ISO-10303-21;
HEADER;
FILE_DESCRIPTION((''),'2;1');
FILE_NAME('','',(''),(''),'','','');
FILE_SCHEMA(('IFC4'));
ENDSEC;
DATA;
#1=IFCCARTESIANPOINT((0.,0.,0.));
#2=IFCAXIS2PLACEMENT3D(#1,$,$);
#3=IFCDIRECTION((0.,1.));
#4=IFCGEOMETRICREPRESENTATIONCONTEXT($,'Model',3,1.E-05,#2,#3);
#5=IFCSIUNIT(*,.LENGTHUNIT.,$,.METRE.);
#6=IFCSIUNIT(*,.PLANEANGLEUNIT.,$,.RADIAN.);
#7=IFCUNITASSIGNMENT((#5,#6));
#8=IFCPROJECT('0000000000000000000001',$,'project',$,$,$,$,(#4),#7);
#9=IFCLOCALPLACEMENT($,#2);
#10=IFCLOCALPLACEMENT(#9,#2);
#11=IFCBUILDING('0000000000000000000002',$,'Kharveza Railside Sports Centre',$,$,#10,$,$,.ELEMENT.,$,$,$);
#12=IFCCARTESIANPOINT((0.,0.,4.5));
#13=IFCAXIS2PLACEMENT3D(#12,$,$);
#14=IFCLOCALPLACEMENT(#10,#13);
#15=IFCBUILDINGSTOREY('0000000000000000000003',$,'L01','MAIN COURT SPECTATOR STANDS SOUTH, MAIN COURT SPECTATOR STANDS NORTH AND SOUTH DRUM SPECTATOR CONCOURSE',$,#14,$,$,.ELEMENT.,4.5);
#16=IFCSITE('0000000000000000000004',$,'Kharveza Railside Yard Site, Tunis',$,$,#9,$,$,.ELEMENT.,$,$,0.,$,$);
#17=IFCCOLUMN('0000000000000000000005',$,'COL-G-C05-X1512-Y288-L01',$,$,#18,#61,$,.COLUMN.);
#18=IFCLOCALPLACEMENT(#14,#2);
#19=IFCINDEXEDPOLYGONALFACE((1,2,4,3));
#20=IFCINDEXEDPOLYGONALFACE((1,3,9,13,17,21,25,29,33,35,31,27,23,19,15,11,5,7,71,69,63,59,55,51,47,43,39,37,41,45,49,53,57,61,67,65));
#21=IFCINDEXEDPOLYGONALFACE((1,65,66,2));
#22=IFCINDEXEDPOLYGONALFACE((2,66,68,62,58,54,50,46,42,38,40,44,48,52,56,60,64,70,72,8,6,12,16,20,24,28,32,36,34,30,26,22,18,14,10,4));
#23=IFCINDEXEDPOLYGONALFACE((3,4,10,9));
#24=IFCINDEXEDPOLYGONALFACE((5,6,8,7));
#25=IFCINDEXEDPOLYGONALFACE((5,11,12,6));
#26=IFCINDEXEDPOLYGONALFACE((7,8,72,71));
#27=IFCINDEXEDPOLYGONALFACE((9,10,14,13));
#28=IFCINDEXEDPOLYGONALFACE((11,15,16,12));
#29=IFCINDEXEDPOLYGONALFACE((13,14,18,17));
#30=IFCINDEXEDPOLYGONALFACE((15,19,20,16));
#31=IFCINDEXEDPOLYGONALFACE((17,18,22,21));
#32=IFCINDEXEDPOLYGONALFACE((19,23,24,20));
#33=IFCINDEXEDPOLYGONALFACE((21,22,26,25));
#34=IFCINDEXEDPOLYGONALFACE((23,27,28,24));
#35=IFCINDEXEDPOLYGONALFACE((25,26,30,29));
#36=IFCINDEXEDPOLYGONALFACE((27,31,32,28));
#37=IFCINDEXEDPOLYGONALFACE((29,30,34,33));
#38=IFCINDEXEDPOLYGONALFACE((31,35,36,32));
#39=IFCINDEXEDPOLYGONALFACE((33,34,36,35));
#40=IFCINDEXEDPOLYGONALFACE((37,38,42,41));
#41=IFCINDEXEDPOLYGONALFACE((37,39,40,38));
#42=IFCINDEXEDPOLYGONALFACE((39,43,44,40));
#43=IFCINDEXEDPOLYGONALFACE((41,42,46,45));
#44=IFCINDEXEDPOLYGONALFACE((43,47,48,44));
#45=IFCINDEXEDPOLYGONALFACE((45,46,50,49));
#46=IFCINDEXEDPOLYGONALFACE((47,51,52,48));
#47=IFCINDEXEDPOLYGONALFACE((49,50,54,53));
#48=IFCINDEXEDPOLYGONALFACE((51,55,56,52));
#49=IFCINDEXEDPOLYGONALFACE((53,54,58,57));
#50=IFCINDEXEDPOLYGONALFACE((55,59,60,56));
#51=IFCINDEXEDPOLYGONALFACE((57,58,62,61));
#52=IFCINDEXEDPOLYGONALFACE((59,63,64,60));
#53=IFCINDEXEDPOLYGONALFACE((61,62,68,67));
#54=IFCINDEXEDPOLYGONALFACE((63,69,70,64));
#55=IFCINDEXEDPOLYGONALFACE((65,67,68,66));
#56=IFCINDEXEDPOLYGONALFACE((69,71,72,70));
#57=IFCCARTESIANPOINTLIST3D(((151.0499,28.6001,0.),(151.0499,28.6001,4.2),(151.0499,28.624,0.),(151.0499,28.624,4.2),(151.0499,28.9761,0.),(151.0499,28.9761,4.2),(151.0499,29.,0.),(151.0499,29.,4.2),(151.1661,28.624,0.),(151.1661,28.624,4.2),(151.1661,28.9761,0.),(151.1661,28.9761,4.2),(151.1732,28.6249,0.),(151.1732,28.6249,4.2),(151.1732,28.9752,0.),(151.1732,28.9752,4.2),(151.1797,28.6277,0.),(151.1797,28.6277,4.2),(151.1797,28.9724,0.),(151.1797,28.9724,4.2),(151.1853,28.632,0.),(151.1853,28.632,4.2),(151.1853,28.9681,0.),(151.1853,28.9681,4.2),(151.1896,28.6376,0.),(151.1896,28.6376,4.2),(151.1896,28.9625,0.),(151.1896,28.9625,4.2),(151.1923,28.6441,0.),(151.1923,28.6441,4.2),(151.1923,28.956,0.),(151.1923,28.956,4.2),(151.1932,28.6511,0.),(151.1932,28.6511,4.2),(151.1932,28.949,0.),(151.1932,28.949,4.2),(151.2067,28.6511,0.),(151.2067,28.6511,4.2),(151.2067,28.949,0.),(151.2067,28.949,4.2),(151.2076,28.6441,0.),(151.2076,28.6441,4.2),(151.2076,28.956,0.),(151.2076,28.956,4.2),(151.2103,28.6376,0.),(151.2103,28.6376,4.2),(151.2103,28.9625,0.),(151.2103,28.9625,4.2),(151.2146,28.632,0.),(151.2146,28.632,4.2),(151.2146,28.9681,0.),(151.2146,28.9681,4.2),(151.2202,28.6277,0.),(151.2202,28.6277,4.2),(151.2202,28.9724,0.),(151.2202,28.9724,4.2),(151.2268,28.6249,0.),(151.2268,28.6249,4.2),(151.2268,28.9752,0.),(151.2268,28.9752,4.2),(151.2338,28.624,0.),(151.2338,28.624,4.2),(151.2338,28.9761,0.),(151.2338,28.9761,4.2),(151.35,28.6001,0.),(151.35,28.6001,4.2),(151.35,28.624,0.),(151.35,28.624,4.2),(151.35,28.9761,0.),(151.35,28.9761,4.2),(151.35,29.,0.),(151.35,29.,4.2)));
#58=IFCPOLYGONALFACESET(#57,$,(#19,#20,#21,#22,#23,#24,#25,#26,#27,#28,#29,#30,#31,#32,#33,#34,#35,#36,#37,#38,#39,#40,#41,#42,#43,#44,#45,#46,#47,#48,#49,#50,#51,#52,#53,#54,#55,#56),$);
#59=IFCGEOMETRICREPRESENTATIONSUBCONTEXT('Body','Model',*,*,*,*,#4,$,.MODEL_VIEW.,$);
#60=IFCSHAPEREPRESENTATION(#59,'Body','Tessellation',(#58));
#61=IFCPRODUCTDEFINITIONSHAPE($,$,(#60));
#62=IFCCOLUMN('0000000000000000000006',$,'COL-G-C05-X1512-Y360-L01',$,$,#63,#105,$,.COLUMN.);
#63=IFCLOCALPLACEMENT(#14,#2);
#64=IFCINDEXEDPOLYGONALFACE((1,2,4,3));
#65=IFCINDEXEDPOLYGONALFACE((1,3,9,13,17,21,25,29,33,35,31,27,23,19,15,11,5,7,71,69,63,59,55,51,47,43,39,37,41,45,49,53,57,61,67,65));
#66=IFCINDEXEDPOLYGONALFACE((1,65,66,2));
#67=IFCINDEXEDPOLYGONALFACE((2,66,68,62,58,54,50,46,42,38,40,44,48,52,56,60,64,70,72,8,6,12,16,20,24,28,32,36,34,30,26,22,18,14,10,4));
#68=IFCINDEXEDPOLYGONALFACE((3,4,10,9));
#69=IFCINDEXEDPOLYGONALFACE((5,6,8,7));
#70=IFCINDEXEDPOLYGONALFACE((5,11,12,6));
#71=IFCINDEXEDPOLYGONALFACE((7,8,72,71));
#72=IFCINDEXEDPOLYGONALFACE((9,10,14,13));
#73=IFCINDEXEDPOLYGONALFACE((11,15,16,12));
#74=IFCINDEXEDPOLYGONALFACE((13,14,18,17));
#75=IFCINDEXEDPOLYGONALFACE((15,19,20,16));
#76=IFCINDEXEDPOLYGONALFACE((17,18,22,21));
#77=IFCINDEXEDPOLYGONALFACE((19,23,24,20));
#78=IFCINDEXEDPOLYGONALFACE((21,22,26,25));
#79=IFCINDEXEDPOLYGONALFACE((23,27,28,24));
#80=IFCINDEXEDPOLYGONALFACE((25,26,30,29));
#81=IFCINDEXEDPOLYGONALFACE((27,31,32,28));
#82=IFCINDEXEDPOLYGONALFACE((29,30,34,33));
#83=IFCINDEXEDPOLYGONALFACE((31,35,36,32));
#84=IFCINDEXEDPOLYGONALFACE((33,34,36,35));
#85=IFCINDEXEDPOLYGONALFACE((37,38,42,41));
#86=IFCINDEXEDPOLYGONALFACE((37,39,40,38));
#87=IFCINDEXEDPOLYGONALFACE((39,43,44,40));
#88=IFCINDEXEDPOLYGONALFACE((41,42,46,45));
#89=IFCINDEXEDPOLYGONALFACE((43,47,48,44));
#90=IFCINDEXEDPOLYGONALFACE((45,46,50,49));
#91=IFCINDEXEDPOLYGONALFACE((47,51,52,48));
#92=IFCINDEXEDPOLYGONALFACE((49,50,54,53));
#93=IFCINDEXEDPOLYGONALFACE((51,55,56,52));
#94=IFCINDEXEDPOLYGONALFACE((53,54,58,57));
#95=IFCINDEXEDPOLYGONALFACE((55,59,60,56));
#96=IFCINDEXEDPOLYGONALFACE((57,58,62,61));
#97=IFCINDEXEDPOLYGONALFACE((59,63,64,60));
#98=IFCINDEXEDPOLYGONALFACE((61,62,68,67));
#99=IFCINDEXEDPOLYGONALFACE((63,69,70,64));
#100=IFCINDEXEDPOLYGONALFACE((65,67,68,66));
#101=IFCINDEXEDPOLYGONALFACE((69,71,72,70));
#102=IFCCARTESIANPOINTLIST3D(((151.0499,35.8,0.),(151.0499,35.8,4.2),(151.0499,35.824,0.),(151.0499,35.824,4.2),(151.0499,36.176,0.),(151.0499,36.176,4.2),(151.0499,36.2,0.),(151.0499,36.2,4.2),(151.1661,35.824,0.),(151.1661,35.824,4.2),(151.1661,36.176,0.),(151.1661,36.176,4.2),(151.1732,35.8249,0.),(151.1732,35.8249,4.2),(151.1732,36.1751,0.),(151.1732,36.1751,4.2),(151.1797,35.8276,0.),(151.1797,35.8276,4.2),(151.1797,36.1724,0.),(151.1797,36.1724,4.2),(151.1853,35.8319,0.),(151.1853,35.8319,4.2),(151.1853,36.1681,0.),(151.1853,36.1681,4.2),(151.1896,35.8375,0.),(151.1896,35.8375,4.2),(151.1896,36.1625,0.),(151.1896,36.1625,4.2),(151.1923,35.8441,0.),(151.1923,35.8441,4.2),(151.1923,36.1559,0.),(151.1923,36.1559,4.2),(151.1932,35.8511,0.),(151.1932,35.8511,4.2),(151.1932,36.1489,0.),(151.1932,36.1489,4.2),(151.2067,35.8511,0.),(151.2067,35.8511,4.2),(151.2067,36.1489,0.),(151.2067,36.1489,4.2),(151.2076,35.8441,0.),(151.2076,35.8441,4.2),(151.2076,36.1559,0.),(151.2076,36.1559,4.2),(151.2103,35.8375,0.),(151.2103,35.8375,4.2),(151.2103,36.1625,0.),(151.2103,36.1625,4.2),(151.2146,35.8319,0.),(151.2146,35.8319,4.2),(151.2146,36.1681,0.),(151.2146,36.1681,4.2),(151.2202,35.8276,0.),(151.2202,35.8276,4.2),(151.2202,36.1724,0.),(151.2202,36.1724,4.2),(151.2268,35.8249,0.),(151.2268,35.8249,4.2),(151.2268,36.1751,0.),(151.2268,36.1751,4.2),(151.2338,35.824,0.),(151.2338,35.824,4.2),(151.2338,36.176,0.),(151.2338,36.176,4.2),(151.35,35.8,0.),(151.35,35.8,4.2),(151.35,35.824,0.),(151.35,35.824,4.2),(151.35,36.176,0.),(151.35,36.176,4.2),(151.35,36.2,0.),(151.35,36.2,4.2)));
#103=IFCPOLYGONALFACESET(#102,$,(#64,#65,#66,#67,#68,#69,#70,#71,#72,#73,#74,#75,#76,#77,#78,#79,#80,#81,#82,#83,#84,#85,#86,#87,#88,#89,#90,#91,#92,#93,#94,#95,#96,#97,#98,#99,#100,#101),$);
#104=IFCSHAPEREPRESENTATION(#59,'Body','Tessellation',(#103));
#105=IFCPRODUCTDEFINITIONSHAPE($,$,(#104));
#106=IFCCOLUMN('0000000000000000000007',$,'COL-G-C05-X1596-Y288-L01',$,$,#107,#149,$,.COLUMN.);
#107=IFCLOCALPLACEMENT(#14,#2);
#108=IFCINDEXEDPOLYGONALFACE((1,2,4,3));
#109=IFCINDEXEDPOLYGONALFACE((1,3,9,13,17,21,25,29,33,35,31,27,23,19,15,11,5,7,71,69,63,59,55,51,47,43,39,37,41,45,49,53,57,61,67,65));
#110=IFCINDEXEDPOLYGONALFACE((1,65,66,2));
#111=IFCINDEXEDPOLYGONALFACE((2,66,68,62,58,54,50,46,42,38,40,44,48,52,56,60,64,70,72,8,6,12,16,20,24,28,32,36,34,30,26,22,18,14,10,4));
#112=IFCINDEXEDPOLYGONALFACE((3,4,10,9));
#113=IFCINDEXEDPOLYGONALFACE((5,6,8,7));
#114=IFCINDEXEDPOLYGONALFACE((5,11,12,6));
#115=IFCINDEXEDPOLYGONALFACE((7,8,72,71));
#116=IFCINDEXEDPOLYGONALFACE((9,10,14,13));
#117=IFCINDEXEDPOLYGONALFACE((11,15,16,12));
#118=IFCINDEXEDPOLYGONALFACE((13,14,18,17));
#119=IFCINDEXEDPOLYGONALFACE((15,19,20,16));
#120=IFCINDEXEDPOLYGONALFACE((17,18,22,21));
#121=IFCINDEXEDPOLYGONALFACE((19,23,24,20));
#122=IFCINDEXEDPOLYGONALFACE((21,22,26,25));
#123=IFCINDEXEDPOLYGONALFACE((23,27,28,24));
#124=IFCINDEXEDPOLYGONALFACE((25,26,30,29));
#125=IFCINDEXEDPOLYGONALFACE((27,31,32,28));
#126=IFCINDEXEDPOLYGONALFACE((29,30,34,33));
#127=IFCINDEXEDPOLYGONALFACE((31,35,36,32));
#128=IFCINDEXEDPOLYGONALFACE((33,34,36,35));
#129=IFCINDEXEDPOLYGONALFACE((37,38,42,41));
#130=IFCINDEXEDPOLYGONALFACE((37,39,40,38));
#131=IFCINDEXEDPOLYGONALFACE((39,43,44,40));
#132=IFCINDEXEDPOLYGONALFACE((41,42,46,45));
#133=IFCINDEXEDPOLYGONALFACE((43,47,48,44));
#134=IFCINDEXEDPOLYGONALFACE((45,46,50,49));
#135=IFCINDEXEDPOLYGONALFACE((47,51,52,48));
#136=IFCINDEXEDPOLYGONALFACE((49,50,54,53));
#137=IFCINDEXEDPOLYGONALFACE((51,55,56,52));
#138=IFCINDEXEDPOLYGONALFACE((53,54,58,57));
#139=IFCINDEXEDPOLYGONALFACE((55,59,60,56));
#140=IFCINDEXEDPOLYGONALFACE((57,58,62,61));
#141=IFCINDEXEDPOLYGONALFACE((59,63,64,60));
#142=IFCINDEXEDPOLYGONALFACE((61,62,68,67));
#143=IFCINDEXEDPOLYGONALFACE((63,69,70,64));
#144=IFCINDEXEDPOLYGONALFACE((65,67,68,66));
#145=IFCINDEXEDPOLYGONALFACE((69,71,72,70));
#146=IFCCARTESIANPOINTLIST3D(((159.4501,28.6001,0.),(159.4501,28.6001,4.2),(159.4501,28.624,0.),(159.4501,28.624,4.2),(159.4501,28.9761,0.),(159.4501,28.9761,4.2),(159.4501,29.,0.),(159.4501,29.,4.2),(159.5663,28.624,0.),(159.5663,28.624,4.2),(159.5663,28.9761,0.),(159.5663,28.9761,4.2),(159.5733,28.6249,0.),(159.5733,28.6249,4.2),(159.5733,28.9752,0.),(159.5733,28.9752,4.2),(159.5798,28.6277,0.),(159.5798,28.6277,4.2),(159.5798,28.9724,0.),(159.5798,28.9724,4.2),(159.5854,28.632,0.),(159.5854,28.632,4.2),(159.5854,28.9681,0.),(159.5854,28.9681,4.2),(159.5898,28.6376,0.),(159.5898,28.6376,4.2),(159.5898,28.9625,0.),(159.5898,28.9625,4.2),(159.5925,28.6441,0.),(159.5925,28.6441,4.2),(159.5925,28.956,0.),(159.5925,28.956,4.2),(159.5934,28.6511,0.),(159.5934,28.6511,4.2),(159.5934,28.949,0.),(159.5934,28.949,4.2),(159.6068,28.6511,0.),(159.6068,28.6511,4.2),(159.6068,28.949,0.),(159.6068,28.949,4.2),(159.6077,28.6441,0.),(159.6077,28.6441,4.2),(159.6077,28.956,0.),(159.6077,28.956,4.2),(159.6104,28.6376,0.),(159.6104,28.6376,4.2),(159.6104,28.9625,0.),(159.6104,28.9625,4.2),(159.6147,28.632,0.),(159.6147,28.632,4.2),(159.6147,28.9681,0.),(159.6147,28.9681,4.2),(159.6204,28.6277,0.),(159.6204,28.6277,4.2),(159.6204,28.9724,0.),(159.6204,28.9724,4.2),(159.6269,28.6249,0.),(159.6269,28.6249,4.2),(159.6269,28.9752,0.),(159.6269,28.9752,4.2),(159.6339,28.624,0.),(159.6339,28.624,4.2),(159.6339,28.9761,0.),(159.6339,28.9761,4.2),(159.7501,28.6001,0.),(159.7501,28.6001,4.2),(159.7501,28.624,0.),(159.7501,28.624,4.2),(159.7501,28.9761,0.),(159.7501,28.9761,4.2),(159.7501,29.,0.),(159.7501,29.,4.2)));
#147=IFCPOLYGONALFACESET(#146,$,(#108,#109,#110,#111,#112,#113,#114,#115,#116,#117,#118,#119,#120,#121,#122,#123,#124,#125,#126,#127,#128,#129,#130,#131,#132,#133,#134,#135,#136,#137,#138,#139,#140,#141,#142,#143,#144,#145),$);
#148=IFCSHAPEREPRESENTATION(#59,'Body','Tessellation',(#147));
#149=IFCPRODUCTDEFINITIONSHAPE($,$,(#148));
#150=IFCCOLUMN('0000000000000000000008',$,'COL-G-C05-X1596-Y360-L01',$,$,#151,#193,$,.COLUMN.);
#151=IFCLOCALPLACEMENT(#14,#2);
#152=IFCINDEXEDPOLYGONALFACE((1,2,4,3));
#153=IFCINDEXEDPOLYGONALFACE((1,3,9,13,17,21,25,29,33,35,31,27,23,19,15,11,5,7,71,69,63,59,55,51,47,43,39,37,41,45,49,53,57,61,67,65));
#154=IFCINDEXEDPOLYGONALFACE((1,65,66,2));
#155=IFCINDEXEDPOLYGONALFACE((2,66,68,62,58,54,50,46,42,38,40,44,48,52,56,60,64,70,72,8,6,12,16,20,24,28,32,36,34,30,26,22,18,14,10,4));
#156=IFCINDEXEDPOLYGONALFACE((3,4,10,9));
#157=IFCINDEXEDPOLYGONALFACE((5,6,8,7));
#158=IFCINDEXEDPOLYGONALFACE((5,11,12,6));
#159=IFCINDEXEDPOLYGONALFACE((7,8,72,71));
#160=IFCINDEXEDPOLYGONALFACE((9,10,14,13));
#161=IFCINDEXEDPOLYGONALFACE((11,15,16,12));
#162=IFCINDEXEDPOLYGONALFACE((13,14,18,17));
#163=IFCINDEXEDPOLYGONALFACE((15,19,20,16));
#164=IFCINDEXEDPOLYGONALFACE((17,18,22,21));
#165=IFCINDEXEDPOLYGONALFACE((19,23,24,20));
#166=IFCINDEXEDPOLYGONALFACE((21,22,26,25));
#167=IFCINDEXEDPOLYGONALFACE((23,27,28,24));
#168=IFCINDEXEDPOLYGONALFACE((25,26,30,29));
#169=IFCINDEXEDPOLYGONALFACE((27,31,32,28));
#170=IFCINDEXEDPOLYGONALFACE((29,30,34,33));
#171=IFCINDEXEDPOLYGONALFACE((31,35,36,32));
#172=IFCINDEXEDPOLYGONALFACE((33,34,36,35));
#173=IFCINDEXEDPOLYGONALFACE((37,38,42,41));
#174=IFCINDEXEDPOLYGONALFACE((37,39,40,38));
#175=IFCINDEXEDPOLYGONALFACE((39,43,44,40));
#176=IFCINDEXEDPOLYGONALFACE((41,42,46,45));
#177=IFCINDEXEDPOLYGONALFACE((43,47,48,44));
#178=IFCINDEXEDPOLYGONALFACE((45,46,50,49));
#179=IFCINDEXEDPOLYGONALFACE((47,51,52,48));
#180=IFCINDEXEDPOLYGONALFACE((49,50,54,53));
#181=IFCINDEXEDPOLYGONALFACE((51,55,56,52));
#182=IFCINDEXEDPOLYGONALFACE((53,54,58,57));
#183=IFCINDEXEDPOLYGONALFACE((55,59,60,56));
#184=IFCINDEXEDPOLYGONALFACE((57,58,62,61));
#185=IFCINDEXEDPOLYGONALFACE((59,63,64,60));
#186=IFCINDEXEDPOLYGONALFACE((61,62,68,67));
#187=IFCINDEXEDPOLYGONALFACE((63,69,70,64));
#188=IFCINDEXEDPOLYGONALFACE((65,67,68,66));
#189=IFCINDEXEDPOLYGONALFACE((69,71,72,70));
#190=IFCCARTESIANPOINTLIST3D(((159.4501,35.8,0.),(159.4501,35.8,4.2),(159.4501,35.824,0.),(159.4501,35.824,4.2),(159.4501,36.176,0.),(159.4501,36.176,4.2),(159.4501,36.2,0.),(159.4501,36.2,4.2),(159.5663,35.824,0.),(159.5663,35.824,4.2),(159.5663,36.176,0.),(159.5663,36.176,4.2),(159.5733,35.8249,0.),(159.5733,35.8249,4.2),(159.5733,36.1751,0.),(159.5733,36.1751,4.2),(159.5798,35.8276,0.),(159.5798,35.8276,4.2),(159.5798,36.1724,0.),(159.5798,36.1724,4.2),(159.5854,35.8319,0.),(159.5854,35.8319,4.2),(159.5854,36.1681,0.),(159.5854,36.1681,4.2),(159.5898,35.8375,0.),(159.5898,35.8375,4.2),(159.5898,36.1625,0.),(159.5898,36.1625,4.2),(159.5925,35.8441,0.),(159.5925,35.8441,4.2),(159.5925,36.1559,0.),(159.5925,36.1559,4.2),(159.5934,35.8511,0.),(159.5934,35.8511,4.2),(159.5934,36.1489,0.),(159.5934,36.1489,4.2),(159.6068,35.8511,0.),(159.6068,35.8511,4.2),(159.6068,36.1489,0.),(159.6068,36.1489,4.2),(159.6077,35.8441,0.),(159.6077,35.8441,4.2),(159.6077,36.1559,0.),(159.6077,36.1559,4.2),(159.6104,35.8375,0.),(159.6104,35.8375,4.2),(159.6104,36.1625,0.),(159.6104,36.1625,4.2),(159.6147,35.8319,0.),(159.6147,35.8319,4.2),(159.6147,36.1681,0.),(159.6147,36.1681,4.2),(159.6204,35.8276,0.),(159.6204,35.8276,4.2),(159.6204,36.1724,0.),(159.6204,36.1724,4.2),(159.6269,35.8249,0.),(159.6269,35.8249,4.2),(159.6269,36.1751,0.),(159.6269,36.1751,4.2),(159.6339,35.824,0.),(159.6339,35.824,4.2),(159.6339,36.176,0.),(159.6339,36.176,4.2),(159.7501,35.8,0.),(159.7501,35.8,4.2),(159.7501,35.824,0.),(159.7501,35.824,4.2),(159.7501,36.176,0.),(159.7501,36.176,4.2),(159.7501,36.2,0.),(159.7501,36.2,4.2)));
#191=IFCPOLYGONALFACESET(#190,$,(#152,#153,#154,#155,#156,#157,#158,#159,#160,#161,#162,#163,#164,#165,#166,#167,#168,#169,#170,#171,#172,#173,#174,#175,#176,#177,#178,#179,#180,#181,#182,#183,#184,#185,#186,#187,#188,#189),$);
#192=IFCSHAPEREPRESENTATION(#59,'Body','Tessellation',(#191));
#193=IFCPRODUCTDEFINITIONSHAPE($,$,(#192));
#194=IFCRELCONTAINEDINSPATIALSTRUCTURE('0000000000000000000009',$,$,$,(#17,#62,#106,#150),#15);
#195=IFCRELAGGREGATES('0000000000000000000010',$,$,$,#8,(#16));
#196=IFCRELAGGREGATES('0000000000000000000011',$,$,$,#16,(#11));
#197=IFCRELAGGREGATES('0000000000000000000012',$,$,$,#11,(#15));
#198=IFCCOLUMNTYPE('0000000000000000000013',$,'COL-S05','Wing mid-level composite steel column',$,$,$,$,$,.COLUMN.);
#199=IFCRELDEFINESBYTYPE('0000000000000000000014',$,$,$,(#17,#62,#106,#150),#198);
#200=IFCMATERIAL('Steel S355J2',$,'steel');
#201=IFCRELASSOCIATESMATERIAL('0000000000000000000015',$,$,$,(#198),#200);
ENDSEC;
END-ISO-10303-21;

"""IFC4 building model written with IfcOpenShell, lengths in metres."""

from ifc_helpers import new_model, si_unit, direction, frame, origin, origin_2d, place, context, subcontext, project, spatial, i_section, extrude, material, material_profile, profile_set, type_object, element, save


model = new_model("IFC4")

# Units and contexts
model_context = context("Model", 3, precision=1e-05, world=origin(), true_north=direction((0.0, 1.0)))
body_context = subcontext(model_context, "Body", "Model", "MODEL_VIEW")
ifc_project = project(units=[si_unit("LENGTHUNIT", "METRE"), si_unit("PLANEANGLEUNIT", "RADIAN")], contexts=[model_context])

# Site, building, storey
site_placement = place(None, origin())
site = spatial("IfcSite", under=ifc_project, at=site_placement, Name="Kharveza Railside Yard Site, Tunis", CompositionType="ELEMENT", RefElevation=0.0)
building_placement = place(site_placement, origin())
building = spatial("IfcBuilding", under=site, at=building_placement, Name="Kharveza Railside Sports Centre", CompositionType="ELEMENT")
storey_placement = place(building_placement, frame((0.0, 0.0, 4.5)))
storey = spatial("IfcBuildingStorey", under=building, at=storey_placement, Name="L01", Description="MAIN COURT SPECTATOR STANDS SOUTH, MAIN COURT SPECTATOR STANDS NORTH AND SOUTH DRUM SPECTATOR CONCOURSE", CompositionType="ELEMENT", Elevation=4.5)

# Columns
ifc_material_1 = material(Name="Steel S355J2", Category="steel")
ifc_material_profile_1 = material_profile(ifc_material_1, i_section(OverallWidth=0.3, OverallDepth=0.3999, WebThickness=0.0134, FlangeThickness=0.0239, FilletRadius=0.0271, at=origin_2d()), Name="HEB 400")
ifc_profile_set_1 = profile_set([ifc_material_profile_1], Name="Steel S355J2")
column_type = type_object("IfcColumnType", Name="COL-S05", Description="Wing mid-level composite steel column", PredefinedType="COLUMN", material=ifc_profile_set_1)
for number, where, z_axis, x_axis, name in (
    (1, (151.2, 28.8, 0.0), (0.0, 0.0, 1.0), (1.0, 0.0, 0.0), "COL-G-C05-X1512-Y288-L01"),
    (2, (151.2, 36.0, 0.0), (0.0, 0.0, 1.0), (1.0, 0.0, 0.0), "COL-G-C05-X1512-Y360-L01"),
    (3, (159.6001, 28.8, 0.0), (0.0, 0.0, 1.0), (1.0, 0.0, 0.0), "COL-G-C05-X1596-Y288-L01"),
    (4, (159.6001, 36.0, 0.0), (0.0, 0.0, 1.0), (1.0, 0.0, 0.0), "COL-G-C05-X1596-Y360-L01"),
):
    element("IfcColumn", number, at=place(storey_placement, frame(where, z_axis=z_axis, x_axis=x_axis)), inside=storey, type_object=column_type, Name=name, PredefinedType="COLUMN", context=body_context, shape_type="SweptSolid", body=[
        extrude(i_section(OverallWidth=0.3, OverallDepth=0.3999, WebThickness=0.0134, FlangeThickness=0.0239, FilletRadius=0.0271, at=origin_2d()), origin(), (0.0, 0.0, 1.0), 4.2),
    ])

save(model, "model.ifc")
